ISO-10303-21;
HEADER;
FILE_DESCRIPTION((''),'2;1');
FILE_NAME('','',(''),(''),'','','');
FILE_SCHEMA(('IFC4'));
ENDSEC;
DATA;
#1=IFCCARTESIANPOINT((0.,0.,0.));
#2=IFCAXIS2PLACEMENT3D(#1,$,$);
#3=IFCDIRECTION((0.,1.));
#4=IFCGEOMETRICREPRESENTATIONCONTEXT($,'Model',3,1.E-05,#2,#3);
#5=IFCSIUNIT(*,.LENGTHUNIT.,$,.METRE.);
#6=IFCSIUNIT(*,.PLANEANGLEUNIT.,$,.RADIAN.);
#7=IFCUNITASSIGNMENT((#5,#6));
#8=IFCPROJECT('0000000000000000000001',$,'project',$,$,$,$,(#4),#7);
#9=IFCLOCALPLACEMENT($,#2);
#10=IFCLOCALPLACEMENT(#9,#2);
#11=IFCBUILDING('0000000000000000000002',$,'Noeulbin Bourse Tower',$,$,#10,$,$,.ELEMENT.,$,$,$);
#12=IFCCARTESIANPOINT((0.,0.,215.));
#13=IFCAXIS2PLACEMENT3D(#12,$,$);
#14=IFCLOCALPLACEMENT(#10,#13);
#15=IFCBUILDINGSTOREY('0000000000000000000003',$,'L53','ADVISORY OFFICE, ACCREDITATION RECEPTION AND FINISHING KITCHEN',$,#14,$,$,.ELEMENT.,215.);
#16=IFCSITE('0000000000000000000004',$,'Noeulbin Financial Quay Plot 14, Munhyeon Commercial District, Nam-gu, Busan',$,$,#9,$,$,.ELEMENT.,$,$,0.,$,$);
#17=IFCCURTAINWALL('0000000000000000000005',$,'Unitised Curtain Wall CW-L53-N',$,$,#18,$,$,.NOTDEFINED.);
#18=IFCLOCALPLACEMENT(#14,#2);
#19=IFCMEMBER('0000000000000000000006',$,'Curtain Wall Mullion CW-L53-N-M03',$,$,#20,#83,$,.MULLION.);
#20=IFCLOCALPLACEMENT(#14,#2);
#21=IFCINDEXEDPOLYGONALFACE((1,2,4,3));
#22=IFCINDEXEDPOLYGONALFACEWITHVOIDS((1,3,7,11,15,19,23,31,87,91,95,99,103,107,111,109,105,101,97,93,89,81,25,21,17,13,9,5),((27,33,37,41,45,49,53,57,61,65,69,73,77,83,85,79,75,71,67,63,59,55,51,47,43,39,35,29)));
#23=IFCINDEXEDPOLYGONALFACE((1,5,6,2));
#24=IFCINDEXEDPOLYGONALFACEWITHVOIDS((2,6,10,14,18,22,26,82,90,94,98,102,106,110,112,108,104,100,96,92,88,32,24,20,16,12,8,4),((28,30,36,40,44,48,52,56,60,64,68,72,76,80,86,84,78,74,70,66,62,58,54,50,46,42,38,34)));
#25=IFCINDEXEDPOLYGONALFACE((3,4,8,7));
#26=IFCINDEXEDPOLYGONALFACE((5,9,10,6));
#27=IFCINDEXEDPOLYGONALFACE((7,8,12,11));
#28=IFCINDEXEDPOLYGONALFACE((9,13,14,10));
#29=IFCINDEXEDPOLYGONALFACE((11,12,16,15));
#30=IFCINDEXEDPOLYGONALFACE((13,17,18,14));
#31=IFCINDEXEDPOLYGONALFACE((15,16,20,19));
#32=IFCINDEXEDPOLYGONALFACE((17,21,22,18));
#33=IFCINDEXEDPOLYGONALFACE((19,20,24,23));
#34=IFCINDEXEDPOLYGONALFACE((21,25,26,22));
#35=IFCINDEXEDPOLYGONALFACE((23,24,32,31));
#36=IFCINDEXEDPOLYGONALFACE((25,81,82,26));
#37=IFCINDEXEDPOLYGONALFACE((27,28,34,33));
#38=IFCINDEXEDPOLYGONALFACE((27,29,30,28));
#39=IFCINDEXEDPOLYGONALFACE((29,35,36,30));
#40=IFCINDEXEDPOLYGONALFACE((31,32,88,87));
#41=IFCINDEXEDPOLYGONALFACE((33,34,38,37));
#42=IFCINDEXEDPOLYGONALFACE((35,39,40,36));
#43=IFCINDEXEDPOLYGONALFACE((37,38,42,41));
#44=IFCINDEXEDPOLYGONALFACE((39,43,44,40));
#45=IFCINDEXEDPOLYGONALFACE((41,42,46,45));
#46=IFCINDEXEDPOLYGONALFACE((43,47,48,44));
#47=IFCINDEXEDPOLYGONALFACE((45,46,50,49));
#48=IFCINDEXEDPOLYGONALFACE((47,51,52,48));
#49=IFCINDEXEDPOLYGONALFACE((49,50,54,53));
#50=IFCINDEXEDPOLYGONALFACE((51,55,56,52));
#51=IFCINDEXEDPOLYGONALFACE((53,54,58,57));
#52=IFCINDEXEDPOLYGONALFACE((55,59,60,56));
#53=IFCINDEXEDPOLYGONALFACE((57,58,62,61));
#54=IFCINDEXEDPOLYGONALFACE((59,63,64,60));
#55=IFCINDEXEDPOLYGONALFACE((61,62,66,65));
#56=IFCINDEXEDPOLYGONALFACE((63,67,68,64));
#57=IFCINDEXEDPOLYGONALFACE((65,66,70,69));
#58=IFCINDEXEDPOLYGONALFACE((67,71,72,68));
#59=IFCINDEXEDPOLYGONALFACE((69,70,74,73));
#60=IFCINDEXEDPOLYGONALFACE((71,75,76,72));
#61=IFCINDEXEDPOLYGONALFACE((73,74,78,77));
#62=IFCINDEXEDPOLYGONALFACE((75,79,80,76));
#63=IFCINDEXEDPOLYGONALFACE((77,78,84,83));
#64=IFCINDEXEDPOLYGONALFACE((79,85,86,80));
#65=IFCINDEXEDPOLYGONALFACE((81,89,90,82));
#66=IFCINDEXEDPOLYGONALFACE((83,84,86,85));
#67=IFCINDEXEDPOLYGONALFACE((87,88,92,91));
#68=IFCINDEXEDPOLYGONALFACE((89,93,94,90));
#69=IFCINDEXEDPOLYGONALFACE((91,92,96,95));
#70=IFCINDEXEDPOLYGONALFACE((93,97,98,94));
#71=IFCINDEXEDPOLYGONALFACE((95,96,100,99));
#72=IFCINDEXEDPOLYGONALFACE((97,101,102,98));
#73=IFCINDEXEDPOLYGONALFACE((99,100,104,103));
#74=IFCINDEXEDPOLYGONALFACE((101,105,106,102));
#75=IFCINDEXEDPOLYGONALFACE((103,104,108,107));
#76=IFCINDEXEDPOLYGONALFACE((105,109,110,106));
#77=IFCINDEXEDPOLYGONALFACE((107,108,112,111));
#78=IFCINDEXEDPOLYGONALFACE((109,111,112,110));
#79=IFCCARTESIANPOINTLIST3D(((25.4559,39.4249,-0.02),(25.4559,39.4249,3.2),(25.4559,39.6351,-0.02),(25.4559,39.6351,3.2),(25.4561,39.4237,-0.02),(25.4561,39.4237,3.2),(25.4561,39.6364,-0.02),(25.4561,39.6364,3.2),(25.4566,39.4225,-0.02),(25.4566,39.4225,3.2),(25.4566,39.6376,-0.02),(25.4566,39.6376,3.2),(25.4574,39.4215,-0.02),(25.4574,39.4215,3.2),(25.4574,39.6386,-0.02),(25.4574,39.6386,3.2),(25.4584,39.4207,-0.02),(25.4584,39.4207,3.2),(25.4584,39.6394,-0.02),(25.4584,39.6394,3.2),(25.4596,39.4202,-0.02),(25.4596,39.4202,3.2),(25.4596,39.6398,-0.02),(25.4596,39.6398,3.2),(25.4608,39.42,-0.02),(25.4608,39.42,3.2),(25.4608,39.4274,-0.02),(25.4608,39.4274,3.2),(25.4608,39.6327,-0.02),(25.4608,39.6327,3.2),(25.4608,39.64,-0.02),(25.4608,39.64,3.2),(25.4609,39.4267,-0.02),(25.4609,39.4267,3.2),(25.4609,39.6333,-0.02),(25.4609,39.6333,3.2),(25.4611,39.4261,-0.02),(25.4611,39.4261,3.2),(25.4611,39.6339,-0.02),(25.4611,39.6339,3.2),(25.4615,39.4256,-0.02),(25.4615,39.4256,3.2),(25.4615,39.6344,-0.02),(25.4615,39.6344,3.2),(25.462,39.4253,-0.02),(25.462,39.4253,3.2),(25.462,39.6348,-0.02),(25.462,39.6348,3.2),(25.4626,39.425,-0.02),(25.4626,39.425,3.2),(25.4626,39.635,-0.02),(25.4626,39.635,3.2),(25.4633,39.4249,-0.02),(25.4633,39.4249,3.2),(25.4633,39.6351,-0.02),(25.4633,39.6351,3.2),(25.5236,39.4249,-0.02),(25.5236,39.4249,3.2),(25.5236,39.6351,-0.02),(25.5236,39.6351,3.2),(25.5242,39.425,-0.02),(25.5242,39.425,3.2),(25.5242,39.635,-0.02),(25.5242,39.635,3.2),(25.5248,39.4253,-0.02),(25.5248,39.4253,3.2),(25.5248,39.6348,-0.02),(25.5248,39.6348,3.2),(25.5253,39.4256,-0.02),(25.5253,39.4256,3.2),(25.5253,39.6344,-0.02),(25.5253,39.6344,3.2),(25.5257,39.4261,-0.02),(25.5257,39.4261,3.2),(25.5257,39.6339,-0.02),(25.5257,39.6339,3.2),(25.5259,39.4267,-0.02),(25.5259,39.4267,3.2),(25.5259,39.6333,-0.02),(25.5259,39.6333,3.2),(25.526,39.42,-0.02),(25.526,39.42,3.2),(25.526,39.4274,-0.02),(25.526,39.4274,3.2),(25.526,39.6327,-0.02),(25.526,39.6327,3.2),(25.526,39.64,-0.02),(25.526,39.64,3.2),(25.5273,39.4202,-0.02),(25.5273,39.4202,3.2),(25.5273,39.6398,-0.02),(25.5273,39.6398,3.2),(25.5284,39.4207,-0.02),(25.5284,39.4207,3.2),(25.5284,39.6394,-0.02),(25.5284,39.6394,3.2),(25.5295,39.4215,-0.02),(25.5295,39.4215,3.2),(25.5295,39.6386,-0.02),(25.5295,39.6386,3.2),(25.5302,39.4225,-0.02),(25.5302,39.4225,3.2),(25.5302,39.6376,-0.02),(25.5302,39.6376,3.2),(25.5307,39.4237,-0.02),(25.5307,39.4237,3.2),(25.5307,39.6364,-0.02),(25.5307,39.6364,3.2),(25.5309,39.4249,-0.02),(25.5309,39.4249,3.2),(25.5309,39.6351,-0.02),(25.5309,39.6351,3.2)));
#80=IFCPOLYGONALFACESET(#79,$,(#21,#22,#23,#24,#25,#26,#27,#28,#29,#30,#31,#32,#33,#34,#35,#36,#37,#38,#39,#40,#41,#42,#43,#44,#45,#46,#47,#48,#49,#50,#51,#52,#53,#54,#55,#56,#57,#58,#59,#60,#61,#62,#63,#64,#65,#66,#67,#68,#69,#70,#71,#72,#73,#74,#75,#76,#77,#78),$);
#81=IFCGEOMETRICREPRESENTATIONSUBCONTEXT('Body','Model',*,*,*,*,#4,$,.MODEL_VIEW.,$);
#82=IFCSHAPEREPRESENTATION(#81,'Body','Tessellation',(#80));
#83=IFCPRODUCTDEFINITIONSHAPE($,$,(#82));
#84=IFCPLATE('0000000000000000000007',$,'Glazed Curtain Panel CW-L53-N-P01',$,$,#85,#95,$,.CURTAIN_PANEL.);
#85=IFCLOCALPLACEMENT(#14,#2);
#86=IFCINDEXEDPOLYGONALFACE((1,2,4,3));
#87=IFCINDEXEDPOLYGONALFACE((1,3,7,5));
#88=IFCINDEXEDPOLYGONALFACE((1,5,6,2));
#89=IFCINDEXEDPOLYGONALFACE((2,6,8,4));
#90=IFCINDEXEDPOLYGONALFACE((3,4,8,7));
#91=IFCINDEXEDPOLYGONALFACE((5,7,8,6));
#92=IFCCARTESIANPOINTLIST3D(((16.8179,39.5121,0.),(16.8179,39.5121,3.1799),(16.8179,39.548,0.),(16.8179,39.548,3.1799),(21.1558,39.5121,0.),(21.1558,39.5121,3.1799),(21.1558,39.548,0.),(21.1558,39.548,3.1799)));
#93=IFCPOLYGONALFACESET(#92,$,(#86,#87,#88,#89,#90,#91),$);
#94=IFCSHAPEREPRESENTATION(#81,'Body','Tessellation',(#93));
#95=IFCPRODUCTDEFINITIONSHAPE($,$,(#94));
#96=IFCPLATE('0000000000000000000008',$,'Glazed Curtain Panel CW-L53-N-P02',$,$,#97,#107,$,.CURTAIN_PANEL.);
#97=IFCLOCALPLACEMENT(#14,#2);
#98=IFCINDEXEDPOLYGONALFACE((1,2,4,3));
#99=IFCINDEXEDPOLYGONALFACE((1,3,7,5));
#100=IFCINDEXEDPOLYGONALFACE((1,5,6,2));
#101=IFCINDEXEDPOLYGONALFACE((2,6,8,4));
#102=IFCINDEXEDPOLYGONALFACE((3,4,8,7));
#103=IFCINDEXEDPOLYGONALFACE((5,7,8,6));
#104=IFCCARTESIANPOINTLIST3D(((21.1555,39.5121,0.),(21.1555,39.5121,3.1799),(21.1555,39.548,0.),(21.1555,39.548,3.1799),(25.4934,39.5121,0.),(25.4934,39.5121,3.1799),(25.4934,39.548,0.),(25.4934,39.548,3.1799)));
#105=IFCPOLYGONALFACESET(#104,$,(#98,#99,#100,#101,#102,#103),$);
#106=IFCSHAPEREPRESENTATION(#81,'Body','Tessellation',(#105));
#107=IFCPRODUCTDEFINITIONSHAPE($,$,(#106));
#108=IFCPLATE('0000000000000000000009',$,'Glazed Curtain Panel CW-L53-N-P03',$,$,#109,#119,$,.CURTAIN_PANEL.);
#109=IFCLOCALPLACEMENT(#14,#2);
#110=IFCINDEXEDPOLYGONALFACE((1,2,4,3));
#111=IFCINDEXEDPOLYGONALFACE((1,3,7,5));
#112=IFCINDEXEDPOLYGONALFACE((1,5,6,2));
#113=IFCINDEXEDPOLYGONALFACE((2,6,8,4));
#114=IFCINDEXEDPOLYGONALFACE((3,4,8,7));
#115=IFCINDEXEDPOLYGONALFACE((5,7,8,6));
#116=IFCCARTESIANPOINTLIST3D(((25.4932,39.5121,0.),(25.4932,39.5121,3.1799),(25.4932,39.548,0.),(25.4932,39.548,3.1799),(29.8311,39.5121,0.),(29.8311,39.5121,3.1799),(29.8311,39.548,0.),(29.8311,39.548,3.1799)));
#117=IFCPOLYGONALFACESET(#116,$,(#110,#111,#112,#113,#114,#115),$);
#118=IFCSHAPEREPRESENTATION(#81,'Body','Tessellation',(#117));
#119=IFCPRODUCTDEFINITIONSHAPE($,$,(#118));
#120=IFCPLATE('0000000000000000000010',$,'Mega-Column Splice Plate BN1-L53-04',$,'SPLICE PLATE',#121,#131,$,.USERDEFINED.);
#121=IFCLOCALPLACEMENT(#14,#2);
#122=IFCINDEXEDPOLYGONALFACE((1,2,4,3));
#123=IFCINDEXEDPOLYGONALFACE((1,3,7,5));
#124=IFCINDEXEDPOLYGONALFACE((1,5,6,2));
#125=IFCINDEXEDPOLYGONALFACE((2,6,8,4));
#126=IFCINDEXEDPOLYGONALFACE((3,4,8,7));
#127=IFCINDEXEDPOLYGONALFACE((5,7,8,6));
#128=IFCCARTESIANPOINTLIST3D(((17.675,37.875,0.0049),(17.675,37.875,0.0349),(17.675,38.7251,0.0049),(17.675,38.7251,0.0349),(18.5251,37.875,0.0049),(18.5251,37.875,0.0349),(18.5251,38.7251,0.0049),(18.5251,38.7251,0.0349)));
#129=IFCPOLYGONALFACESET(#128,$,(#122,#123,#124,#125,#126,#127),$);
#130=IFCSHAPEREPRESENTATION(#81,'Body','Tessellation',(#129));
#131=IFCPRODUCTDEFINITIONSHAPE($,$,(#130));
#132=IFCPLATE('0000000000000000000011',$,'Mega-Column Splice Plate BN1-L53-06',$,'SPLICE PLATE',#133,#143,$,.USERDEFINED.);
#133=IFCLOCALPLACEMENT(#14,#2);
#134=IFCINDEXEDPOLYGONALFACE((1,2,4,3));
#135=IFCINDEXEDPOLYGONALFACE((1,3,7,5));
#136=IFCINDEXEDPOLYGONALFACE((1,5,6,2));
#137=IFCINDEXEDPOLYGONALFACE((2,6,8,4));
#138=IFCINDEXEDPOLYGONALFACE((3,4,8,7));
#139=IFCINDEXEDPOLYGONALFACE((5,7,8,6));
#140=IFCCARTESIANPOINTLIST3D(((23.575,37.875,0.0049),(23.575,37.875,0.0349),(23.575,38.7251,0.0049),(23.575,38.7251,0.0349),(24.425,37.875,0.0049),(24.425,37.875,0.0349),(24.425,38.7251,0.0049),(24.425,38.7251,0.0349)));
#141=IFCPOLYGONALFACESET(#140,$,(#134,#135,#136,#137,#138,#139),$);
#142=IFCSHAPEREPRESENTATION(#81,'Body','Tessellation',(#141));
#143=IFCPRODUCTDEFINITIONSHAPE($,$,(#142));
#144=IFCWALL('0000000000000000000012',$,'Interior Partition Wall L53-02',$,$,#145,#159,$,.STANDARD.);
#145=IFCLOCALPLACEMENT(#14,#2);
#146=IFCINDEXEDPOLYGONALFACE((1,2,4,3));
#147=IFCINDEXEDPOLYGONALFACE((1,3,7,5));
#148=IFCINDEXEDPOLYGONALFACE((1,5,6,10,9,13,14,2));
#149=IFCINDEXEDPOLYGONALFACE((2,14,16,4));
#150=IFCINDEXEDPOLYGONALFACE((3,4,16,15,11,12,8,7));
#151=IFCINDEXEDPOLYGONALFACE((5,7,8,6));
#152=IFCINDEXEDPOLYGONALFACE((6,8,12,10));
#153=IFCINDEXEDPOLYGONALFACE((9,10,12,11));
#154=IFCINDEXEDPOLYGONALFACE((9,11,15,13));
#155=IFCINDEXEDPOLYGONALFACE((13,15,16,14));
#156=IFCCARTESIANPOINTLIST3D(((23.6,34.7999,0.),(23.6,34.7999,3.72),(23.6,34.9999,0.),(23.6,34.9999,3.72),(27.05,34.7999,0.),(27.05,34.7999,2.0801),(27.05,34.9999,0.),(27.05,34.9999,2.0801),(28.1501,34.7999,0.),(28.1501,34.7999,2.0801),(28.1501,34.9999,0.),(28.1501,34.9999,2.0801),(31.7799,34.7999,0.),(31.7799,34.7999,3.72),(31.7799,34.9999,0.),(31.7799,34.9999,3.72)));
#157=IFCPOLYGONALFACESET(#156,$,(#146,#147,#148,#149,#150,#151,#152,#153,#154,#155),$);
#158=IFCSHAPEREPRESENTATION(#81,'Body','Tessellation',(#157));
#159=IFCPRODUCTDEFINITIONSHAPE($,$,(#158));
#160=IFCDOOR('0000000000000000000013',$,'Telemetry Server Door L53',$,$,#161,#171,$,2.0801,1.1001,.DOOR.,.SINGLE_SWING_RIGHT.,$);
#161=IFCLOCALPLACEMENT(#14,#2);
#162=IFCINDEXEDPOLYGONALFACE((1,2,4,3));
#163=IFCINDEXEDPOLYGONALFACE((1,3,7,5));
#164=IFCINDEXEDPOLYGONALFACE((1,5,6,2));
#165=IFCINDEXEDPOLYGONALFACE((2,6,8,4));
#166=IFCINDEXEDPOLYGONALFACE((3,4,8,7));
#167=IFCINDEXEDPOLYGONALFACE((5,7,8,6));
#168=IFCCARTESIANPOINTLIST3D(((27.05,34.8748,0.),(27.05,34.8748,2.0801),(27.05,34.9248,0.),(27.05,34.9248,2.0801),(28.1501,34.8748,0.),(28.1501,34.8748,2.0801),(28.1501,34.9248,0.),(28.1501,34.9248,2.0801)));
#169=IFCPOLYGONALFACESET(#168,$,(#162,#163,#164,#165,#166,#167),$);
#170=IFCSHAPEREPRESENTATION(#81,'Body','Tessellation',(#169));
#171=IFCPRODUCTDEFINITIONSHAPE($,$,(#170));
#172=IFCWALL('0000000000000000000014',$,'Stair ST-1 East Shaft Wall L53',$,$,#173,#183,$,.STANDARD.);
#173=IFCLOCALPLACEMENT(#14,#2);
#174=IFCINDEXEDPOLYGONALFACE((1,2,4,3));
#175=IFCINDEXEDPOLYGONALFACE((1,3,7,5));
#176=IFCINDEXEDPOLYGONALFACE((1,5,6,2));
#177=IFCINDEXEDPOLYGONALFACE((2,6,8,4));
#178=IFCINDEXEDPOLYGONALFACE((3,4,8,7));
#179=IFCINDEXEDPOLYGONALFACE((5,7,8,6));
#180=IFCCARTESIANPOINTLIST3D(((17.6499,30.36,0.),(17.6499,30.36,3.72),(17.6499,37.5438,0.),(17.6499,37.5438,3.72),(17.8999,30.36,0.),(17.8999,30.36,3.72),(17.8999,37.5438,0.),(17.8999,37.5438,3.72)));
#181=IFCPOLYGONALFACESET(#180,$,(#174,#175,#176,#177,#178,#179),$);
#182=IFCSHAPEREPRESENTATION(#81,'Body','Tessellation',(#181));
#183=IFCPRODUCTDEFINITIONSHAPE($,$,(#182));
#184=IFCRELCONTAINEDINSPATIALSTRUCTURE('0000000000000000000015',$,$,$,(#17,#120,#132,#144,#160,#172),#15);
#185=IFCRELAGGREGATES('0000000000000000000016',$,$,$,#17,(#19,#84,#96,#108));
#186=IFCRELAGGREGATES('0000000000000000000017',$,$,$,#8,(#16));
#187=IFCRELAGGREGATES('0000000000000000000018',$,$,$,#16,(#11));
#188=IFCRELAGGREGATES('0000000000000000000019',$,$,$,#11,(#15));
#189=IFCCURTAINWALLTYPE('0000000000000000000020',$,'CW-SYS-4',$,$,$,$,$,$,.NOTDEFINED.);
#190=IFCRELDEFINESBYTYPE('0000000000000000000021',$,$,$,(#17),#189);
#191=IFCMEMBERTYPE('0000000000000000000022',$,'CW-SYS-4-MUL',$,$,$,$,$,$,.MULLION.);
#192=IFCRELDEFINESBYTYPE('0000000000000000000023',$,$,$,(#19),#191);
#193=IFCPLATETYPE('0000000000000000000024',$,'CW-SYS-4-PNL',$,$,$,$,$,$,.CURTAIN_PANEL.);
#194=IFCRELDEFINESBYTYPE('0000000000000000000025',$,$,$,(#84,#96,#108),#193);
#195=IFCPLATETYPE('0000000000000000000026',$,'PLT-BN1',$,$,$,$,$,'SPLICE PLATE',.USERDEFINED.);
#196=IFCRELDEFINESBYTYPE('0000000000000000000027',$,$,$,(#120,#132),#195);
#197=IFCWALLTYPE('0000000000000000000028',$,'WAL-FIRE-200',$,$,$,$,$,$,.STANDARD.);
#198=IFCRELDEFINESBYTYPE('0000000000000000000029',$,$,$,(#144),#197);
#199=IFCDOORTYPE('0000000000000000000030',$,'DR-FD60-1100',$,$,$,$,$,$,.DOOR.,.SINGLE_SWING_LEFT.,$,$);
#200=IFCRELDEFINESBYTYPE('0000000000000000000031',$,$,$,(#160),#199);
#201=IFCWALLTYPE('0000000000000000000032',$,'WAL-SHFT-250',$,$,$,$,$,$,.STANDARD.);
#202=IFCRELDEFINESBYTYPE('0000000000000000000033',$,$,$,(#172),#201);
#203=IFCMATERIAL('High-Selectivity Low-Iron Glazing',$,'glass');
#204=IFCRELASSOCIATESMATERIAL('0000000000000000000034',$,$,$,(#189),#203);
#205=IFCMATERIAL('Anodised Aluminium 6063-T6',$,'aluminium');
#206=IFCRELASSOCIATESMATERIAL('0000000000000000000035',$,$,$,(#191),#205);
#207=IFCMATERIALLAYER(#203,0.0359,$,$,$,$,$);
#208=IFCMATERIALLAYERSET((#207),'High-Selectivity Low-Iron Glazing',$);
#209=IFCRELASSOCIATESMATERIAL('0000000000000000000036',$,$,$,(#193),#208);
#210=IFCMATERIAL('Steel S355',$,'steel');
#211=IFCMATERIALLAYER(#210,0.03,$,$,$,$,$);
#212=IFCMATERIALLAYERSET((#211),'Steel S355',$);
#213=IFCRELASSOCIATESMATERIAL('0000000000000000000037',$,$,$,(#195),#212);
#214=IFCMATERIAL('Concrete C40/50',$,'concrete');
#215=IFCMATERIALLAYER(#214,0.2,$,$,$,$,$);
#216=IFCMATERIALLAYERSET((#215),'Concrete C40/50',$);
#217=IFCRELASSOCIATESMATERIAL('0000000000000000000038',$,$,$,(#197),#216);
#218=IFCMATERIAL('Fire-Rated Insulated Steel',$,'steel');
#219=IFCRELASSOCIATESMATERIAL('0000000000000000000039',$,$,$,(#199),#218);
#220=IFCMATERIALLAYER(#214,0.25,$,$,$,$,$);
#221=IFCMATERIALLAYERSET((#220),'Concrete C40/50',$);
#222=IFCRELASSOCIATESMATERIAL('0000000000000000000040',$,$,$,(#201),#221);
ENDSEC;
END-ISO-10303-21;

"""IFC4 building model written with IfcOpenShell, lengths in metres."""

from ifc_helpers import new_model, si_unit, direction, frame, frame_2d, origin, origin_2d, place, context, subcontext, project, spatial, rectangle, hollow_rectangle, extrude, material, layer, layer_set, material_profile, profile_set, type_object, element, fill, aggregate, save


model = new_model("IFC4")

# Units and contexts
model_context = context("Model", 3, precision=1e-05, world=origin(), true_north=direction((0.0, 1.0)))
body_context = subcontext(model_context, "Body", "Model", "MODEL_VIEW")
ifc_project = project(units=[si_unit("LENGTHUNIT", "METRE"), si_unit("PLANEANGLEUNIT", "RADIAN")], contexts=[model_context])

# Site, building, storey
site_placement = place(None, origin())
site = spatial("IfcSite", under=ifc_project, at=site_placement, Name="Noeulbin Financial Quay Plot 14, Munhyeon Commercial District, Nam-gu, Busan", CompositionType="ELEMENT", RefElevation=0.0)
building_placement = place(site_placement, origin())
building = spatial("IfcBuilding", under=site, at=building_placement, Name="Noeulbin Bourse Tower", CompositionType="ELEMENT")
storey_placement = place(building_placement, frame((0.0, 0.0, 215.0)))
storey = spatial("IfcBuildingStorey", under=building, at=storey_placement, Name="L53", Description="ADVISORY OFFICE, ACCREDITATION RECEPTION AND FINISHING KITCHEN", CompositionType="ELEMENT", Elevation=215.0)

# Shared definitions
ifc_material_1 = material(Name="Steel S355", Category="steel")

# Curtain wall, member, plates
ifc_material_2 = material(Name="High-Selectivity Low-Iron Glazing", Category="glass")
curtain_wall_type = type_object("IfcCurtainWallType", Name="CW-SYS-4", PredefinedType="NOTDEFINED", material=ifc_material_2)
curtain_wall_placement = place(storey_placement, origin())
curtain_wall = element("IfcCurtainWall", 1, at=curtain_wall_placement, inside=storey, type_object=curtain_wall_type, Name="Unitised Curtain Wall CW-L53-N", PredefinedType="NOTDEFINED")
ifc_material_3 = material(Name="Anodised Aluminium 6063-T6", Category="aluminium")
ifc_material_profile_1 = material_profile(ifc_material_3, hollow_rectangle(XDim=0.075, YDim=0.22, WallThickness=0.0049, InnerFilletRadius=0.0024, OuterFilletRadius=0.0049, at=origin_2d()), Name="ALU-MULL-75x220x5", Category="LoadBearing")
ifc_profile_set_1 = profile_set([ifc_material_profile_1], Name="Anodised Aluminium 6063-T6")
member_type = type_object("IfcMemberType", Name="CW-SYS-4-MUL", PredefinedType="MULLION", material=ifc_profile_set_1)
member_1_placement = place(storey_placement, frame((25.4934, 39.53, -0.02), z_axis=(0.0, 0.0, 1.0), x_axis=(1.0, 0.0, 0.0)))
member_1 = element("IfcMember", 2, at=member_1_placement, type_object=member_type, Name="Curtain Wall Mullion CW-L53-N-M03", PredefinedType="MULLION", context=body_context, shape_type="SweptSolid", body=[
    extrude(hollow_rectangle(XDim=0.075, YDim=0.22, WallThickness=0.0049, InnerFilletRadius=0.0024, OuterFilletRadius=0.0049, at=origin_2d()), origin(), (0.0, 0.0, 1.0), 3.22),
])
ifc_layer_1 = layer(ifc_material_2, 0.0359)
ifc_layer_set_1 = layer_set([ifc_layer_1], Name="High-Selectivity Low-Iron Glazing")
plate_type_1 = type_object("IfcPlateType", Name="CW-SYS-4-PNL", PredefinedType="CURTAIN_PANEL", material=ifc_layer_set_1)
plate_1_placement = place(storey_placement, frame((18.9868, 39.53, 0.0), z_axis=(0.0, 0.0, 1.0), x_axis=(1.0, 0.0, 0.0)))
plate_1 = element("IfcPlate", 3, at=plate_1_placement, type_object=plate_type_1, Name="Glazed Curtain Panel CW-L53-N-P01", PredefinedType="CURTAIN_PANEL", context=body_context, shape_type="SweptSolid", body=[
    extrude(rectangle(XDim=4.3379, YDim=0.0359, at=origin_2d()), origin(), (0.0, 0.0, 1.0), 3.1799),
])
plate_2_placement = place(storey_placement, frame((23.3245, 39.53, 0.0), z_axis=(0.0, 0.0, 1.0), x_axis=(1.0, 0.0, 0.0)))
plate_2 = element("IfcPlate", 4, at=plate_2_placement, type_object=plate_type_1, Name="Glazed Curtain Panel CW-L53-N-P02", PredefinedType="CURTAIN_PANEL", context=body_context, shape_type="SweptSolid", body=[
    extrude(rectangle(XDim=4.3379, YDim=0.0359, at=origin_2d()), origin(), (0.0, 0.0, 1.0), 3.1799),
])
plate_3_placement = place(storey_placement, frame((27.6621, 39.53, 0.0), z_axis=(0.0, 0.0, 1.0), x_axis=(1.0, 0.0, 0.0)))
plate_3 = element("IfcPlate", 5, at=plate_3_placement, type_object=plate_type_1, Name="Glazed Curtain Panel CW-L53-N-P03", PredefinedType="CURTAIN_PANEL", context=body_context, shape_type="SweptSolid", body=[
    extrude(rectangle(XDim=4.3379, YDim=0.0359, at=origin_2d()), origin(), (0.0, 0.0, 1.0), 3.1799),
])
aggregate(curtain_wall, [member_1, plate_1, plate_2, plate_3])

# Plates
ifc_layer_2 = layer(ifc_material_1, 0.03)
ifc_layer_set_2 = layer_set([ifc_layer_2], Name="Steel S355")
plate_type_2 = type_object("IfcPlateType", Name="PLT-BN1", ElementType="SPLICE PLATE", PredefinedType="USERDEFINED", material=ifc_layer_set_2)
for number, where, z_axis, x_axis, name in (
    (6, (18.1001, 38.3, 0.0049), (0.0, 0.0, 1.0), (1.0, 0.0, 0.0), "Mega-Column Splice Plate BN1-L53-04"),
    (7, (24.0, 38.3, 0.0049), (0.0, 0.0, 1.0), (1.0, 0.0, 0.0), "Mega-Column Splice Plate BN1-L53-06"),
):
    element("IfcPlate", number, at=place(storey_placement, frame(where, z_axis=z_axis, x_axis=x_axis)), inside=storey, type_object=plate_type_2, Name=name, ObjectType="SPLICE PLATE", PredefinedType="USERDEFINED", context=body_context, shape_type="SweptSolid", body=[
        extrude(rectangle(XDim=0.8501, YDim=0.8501, at=origin_2d()), origin(), (0.0, 0.0, 1.0), 0.03),
    ])

# Wall, opening, door
ifc_material_4 = material(Name="Concrete C40/50", Category="concrete")
ifc_layer_3 = layer(ifc_material_4, 0.2)
ifc_layer_set_3 = layer_set([ifc_layer_3], Name="Concrete C40/50")
wall_type_1 = type_object("IfcWallType", Name="WAL-FIRE-200", PredefinedType="STANDARD", material=ifc_layer_set_3)
wall_1_placement = place(storey_placement, frame((23.6001, 34.8999, 0.0), z_axis=(0.0, 0.0, 1.0), x_axis=(1.0, 0.0, 0.0)))
wall_1 = element("IfcWall", 8, at=wall_1_placement, inside=storey, type_object=wall_type_1, Name="Interior Partition Wall L53-02", PredefinedType="STANDARD", context=body_context, shape_type="SweptSolid", body=[
    extrude(rectangle(XDim=8.1799, YDim=0.2, at=frame_2d((4.0898, 0.0))), origin(), (0.0, 0.0, 1.0), 3.72),
])
opening_1_placement = place(wall_1_placement, frame((3.45, 0.0, 0.0)))
opening_1 = element("IfcOpeningElement", 9, at=opening_1_placement, cuts=wall_1, PredefinedType="OPENING", context=body_context, shape_type="SweptSolid", body=[
    extrude(rectangle(XDim=1.1001, YDim=2.0801, at=frame_2d((0.55, 1.04))), frame((0.0, 0.1099, 0.0), z_axis=(0.0, -1.0, 0.0), x_axis=(1.0, 0.0, 0.0)), (0.0, 0.0, 1.0), 0.22),
])
ifc_material_5 = material(Name="Fire-Rated Insulated Steel", Category="steel")
door_type_1 = type_object("IfcDoorType", Name="DR-FD60-1100", OperationType="SINGLE_SWING_LEFT", PredefinedType="DOOR", material=ifc_material_5)
door_1_placement = place(opening_1_placement, origin())
door_1 = element("IfcDoor", 10, at=door_1_placement, inside=storey, type_object=door_type_1, Name="Telemetry Server Door L53", OperationType="SINGLE_SWING_RIGHT", OverallHeight=2.0801, OverallWidth=1.1001, PredefinedType="DOOR", context=body_context, shape_type="SweptSolid", body=[
    extrude(rectangle(XDim=1.1001, YDim=2.0801, at=frame_2d((0.55, 1.04))), frame((0.0, 0.0249, 0.0), z_axis=(0.0, -1.0, 0.0), x_axis=(1.0, 0.0, 0.0)), (0.0, 0.0, 1.0), 0.05),
])
fill(opening_1, door_1)

# Wall
ifc_layer_4 = layer(ifc_material_4, 0.25)
ifc_layer_set_4 = layer_set([ifc_layer_4], Name="Concrete C40/50")
wall_type_2 = type_object("IfcWallType", Name="WAL-SHFT-250", PredefinedType="STANDARD", material=ifc_layer_set_4)
wall_2_placement = place(storey_placement, frame((17.7749, 30.3601, 0.0), z_axis=(0.0, 0.0, 1.0), x_axis=(0.0, 1.0, 0.0)))
element("IfcWall", 11, at=wall_2_placement, inside=storey, type_object=wall_type_2, Name="Stair ST-1 East Shaft Wall L53", PredefinedType="STANDARD", context=body_context, shape_type="SweptSolid", body=[
    extrude(rectangle(XDim=7.1838, YDim=0.25, at=frame_2d((3.5918, 0.0))), origin(), (0.0, 0.0, 1.0), 3.72),
])

save(model, "model.ifc")
